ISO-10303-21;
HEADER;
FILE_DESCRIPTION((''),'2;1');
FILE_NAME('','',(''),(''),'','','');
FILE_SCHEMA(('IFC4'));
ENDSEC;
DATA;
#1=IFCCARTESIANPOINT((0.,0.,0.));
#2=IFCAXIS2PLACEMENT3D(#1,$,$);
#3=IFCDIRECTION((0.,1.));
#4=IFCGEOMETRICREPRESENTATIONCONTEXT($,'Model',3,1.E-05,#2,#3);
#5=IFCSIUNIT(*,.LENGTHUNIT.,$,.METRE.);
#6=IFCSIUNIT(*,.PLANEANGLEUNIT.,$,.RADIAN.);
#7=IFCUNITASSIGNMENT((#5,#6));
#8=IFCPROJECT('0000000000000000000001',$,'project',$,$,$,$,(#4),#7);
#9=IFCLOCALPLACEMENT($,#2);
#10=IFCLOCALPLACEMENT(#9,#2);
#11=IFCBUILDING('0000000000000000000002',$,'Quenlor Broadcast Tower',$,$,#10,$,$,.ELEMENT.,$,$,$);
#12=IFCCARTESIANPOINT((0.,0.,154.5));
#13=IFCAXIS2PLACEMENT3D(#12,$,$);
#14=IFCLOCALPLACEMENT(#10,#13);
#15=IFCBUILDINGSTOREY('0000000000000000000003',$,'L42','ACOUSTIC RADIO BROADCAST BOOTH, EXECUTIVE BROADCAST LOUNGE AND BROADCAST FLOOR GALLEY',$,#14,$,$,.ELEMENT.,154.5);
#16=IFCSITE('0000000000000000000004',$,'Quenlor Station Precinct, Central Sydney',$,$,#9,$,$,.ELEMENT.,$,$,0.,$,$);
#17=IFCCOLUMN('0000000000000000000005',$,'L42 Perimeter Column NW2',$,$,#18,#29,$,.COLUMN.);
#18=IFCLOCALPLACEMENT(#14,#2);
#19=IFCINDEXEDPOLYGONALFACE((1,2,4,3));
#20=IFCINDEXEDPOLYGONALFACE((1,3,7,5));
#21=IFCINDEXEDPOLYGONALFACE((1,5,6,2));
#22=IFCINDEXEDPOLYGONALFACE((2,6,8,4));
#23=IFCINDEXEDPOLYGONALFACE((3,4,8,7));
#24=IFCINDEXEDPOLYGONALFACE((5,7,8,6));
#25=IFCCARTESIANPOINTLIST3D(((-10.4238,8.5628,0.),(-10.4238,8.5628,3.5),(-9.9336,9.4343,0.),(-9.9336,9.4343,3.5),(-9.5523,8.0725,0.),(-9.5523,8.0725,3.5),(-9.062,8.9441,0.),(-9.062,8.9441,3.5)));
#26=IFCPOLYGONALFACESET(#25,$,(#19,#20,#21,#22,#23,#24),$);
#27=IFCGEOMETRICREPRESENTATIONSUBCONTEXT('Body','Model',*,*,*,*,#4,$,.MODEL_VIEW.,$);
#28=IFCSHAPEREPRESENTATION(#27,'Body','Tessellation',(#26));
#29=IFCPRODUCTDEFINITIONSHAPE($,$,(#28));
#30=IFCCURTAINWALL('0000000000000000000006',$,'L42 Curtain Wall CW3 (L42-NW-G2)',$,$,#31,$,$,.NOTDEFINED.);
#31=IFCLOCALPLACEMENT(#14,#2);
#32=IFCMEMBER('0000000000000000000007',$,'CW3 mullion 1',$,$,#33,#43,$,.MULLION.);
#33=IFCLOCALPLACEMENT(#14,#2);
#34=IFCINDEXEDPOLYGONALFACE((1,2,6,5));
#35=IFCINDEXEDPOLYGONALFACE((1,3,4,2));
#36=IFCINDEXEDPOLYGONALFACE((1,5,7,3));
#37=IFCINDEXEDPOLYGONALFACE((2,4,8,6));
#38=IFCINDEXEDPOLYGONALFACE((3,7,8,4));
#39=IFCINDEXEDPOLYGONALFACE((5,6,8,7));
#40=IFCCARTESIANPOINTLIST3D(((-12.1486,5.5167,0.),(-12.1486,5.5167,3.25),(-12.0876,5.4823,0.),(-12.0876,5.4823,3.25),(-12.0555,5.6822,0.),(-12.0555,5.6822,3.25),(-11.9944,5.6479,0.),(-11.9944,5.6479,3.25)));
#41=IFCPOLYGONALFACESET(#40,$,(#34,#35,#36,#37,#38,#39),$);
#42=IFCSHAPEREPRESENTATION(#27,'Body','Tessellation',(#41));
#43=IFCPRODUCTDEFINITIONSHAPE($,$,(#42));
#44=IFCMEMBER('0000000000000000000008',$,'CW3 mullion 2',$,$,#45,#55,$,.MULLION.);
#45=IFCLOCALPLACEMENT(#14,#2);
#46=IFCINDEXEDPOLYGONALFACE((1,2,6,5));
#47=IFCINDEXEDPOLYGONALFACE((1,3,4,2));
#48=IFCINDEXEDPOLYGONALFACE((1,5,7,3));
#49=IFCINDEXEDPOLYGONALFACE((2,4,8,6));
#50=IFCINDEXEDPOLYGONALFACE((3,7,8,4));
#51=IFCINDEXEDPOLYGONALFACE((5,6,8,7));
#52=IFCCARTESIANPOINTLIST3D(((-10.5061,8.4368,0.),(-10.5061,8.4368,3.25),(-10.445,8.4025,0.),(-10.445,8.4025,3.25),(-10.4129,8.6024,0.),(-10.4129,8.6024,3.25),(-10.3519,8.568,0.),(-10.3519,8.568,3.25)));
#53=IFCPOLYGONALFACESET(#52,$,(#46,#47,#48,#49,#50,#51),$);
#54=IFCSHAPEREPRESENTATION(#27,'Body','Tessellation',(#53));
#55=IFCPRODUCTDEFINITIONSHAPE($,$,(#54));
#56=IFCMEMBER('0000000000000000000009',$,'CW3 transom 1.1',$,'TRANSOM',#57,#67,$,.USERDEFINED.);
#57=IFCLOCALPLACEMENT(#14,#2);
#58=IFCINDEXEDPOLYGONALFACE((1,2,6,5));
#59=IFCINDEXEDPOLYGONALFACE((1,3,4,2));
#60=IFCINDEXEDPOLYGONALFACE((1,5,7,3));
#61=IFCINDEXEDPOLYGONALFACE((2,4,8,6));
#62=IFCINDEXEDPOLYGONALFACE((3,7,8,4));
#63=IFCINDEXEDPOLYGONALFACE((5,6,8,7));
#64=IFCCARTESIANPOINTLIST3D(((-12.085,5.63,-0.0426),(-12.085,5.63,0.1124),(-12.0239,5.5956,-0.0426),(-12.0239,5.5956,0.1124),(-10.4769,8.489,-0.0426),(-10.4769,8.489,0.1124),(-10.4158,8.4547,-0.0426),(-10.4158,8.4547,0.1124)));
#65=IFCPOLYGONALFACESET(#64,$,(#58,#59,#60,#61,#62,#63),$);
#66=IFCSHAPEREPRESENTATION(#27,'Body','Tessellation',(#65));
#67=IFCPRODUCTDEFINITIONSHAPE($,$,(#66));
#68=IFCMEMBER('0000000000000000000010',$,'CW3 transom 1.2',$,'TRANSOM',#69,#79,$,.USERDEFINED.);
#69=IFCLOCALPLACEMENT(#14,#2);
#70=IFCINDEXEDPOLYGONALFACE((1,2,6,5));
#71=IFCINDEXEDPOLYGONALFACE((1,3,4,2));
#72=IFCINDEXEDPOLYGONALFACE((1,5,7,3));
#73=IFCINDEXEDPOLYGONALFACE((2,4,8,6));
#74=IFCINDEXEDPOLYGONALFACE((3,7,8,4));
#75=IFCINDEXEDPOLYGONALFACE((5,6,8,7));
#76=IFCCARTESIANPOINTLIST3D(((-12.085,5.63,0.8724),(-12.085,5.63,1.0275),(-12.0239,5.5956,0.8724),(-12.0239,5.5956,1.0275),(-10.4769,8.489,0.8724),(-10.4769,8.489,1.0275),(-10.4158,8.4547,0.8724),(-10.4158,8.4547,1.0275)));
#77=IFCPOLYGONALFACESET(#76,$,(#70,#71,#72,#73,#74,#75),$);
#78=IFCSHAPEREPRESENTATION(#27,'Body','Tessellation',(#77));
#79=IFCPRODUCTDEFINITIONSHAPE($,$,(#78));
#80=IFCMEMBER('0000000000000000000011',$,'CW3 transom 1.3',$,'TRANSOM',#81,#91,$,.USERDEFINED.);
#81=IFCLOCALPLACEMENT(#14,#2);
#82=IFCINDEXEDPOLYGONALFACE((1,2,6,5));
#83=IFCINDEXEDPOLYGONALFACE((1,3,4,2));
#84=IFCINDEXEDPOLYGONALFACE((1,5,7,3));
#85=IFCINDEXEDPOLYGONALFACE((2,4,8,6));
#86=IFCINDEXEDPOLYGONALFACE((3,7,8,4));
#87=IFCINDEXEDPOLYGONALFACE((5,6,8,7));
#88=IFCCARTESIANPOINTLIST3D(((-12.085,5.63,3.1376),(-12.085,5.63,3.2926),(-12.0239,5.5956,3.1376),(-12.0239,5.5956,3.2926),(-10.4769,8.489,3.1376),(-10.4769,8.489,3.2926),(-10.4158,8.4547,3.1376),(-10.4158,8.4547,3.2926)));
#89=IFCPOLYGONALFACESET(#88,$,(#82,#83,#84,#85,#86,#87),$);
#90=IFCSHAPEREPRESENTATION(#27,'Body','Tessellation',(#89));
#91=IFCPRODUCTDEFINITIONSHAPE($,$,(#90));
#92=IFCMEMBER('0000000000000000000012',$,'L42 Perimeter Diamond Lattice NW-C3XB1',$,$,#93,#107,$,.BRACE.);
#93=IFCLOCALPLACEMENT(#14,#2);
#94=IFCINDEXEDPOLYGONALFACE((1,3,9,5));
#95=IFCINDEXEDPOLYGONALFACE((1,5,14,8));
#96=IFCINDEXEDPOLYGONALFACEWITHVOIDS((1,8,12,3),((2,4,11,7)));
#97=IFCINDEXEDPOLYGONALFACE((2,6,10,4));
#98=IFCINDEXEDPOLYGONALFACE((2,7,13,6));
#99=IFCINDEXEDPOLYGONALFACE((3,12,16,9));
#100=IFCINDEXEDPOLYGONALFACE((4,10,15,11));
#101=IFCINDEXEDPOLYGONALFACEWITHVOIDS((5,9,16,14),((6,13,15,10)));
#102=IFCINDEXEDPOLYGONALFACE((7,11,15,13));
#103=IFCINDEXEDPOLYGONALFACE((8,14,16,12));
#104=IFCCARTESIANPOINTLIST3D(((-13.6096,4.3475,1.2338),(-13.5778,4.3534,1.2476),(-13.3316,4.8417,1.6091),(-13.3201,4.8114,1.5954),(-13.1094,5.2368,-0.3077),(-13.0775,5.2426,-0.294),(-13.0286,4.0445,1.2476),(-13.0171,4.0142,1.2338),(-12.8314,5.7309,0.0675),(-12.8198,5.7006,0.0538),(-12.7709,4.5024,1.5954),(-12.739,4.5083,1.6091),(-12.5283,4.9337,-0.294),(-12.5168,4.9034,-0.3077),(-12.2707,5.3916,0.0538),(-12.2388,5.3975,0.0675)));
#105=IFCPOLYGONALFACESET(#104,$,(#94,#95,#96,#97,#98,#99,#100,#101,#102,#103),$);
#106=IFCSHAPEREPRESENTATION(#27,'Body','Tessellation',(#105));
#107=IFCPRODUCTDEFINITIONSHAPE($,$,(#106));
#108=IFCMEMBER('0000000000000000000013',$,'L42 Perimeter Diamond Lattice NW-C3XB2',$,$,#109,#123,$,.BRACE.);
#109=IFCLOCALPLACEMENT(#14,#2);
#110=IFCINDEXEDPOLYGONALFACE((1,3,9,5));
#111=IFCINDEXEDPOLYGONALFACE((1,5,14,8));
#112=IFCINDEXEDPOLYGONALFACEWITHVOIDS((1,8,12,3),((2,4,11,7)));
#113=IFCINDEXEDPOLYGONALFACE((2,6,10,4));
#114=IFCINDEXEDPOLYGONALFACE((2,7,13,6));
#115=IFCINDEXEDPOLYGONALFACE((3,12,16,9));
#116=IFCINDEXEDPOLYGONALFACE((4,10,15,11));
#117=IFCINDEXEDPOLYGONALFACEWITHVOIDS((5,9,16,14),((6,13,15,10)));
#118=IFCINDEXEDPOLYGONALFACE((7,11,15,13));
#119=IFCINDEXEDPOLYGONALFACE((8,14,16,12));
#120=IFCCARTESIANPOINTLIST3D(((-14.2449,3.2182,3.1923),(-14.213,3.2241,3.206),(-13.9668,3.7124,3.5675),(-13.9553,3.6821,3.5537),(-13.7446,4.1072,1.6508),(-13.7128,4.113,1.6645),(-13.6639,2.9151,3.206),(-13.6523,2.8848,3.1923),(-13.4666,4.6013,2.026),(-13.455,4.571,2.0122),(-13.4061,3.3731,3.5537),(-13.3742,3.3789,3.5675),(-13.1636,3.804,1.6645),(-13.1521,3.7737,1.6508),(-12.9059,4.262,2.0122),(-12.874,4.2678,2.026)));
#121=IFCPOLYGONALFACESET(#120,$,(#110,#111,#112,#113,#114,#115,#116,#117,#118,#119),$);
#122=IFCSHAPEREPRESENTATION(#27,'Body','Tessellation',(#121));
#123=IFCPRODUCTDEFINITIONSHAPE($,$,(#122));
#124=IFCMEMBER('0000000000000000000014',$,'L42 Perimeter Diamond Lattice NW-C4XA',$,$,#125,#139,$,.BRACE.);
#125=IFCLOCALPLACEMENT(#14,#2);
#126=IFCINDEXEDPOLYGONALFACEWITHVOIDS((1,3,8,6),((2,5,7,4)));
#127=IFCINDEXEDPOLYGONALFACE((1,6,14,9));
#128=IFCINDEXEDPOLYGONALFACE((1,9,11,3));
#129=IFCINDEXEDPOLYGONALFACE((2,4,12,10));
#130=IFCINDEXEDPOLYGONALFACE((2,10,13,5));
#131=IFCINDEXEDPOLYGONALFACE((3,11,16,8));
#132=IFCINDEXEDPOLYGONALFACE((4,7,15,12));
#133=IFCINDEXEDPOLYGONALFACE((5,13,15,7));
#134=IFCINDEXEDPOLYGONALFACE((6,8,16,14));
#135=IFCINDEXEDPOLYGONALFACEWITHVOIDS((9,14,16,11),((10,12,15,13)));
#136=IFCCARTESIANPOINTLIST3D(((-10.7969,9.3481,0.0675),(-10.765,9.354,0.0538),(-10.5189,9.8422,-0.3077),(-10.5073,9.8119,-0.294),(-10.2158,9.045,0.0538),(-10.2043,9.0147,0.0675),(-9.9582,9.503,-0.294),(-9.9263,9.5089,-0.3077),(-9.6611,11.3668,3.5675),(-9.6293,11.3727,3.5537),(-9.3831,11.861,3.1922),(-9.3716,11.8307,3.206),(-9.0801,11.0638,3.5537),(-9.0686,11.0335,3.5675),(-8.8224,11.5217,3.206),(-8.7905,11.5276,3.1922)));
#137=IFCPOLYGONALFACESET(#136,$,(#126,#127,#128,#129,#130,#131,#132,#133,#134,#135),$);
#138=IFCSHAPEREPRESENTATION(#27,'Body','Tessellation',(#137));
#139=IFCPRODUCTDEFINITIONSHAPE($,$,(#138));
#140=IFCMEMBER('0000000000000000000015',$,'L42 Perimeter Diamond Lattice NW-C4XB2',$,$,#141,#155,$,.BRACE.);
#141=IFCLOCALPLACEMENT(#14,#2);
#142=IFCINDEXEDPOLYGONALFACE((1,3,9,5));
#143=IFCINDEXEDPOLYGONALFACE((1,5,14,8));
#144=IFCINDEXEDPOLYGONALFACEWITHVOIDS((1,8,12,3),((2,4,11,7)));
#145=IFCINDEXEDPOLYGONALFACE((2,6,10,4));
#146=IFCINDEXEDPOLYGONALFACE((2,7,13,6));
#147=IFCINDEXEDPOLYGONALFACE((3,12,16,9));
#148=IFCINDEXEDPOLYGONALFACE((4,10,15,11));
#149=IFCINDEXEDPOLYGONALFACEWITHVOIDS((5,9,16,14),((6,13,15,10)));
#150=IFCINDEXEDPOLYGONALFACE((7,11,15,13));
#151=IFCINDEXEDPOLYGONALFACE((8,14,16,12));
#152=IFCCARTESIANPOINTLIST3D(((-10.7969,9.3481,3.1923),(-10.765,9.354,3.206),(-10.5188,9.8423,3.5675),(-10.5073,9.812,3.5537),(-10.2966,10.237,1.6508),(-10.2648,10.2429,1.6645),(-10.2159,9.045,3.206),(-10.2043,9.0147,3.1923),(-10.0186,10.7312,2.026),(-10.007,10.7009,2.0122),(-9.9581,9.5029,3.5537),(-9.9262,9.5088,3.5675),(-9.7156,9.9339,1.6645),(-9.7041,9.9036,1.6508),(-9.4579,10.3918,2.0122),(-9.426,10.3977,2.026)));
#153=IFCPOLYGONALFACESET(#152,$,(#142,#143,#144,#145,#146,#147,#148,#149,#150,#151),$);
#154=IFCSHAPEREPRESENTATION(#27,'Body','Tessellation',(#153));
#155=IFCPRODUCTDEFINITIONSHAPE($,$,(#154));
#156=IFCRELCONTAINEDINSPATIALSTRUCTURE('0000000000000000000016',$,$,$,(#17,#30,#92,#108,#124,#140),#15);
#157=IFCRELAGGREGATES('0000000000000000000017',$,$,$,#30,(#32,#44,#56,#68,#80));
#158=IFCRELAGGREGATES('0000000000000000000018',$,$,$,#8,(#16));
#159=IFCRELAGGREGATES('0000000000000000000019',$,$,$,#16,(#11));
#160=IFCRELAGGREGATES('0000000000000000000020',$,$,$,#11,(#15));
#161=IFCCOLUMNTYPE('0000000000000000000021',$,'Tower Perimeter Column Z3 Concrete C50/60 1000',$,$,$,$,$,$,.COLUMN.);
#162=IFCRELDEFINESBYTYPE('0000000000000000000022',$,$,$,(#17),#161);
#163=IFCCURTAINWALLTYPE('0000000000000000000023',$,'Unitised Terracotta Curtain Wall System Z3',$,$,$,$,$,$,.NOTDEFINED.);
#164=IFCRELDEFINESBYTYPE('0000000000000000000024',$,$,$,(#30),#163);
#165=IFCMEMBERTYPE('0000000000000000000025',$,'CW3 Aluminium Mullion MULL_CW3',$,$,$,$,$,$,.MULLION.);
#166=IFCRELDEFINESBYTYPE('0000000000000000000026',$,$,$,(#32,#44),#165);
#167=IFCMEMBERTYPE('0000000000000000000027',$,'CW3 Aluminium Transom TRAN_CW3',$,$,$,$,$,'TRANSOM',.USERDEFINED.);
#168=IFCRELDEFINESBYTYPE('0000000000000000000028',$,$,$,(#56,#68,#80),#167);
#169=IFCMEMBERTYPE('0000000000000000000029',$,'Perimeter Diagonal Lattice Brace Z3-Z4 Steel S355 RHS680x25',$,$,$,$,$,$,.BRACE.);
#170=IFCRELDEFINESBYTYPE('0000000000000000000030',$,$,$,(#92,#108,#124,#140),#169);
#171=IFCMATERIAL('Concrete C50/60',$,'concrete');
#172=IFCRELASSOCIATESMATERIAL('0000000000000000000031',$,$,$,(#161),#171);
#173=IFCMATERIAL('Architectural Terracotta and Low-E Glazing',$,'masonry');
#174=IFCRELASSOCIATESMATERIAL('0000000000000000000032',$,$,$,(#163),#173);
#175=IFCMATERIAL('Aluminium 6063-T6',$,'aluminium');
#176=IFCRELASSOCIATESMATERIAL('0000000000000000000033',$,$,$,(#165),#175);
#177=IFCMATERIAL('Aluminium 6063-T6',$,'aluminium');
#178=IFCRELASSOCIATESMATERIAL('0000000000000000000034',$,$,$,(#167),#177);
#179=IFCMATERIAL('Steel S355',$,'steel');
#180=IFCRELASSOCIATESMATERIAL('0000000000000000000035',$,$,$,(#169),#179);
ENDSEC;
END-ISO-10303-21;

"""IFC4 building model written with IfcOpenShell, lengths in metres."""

from ifc_helpers import new_model, si_unit, direction, frame, origin, origin_2d, place, context, subcontext, project, spatial, rectangle, hollow_rectangle, extrude, material, material_profile, profile_set, type_object, element, aggregate, save


model = new_model("IFC4")

# Units and contexts
model_context = context("Model", 3, precision=1e-05, world=origin(), true_north=direction((0.0, 1.0)))
body_context = subcontext(model_context, "Body", "Model", "MODEL_VIEW")
ifc_project = project(units=[si_unit("LENGTHUNIT", "METRE"), si_unit("PLANEANGLEUNIT", "RADIAN")], contexts=[model_context])

# Site, building, storey
site_placement = place(None, origin())
site = spatial("IfcSite", under=ifc_project, at=site_placement, Name="Quenlor Station Precinct, Central Sydney", CompositionType="ELEMENT", RefElevation=0.0)
building_placement = place(site_placement, origin())
building = spatial("IfcBuilding", under=site, at=building_placement, Name="Quenlor Broadcast Tower", CompositionType="ELEMENT")
storey_placement = place(building_placement, frame((0.0, 0.0, 154.5)))
storey = spatial("IfcBuildingStorey", under=building, at=storey_placement, Name="L42", Description="ACOUSTIC RADIO BROADCAST BOOTH, EXECUTIVE BROADCAST LOUNGE AND BROADCAST FLOOR GALLEY", CompositionType="ELEMENT", Elevation=154.5)

# Column
ifc_material_1 = material(Name="Concrete C50/60", Category="concrete")
ifc_material_profile_1 = material_profile(ifc_material_1, rectangle(XDim=1.0, YDim=1.0, at=origin_2d()))
ifc_profile_set_1 = profile_set([ifc_material_profile_1], Name="Concrete C50/60 RC1000x1000")
column_type = type_object("IfcColumnType", Name="Tower Perimeter Column Z3 Concrete C50/60 1000", PredefinedType="COLUMN", material=ifc_profile_set_1)
column_placement = place(storey_placement, frame((-9.7429, 8.7534, 0.0), z_axis=(0.0, 0.0, 1.0), x_axis=(-0.871575, 0.490262, 0.0)))
element("IfcColumn", 1, at=column_placement, inside=storey, type_object=column_type, Name="L42 Perimeter Column NW2", PredefinedType="COLUMN", context=body_context, shape_type="SweptSolid", body=[
    extrude(rectangle(XDim=1.0, YDim=1.0, at=origin_2d()), origin(), (0.0, 0.0, 1.0), 3.5),
])

# Curtain wall, members
ifc_material_2 = material(Name="Architectural Terracotta and Low-E Glazing", Category="masonry")
curtain_wall_type = type_object("IfcCurtainWallType", Name="Unitised Terracotta Curtain Wall System Z3", PredefinedType="NOTDEFINED", material=ifc_material_2)
curtain_wall_placement = place(storey_placement, origin())
curtain_wall = element("IfcCurtainWall", 2, at=curtain_wall_placement, inside=storey, type_object=curtain_wall_type, Name="L42 Curtain Wall CW3 (L42-NW-G2)", PredefinedType="NOTDEFINED")
ifc_material_3 = material(Name="Aluminium 6063-T6", Category="aluminium")
ifc_material_profile_2 = material_profile(ifc_material_3, rectangle(XDim=0.0701, YDim=0.1899, at=origin_2d()))
ifc_profile_set_2 = profile_set([ifc_material_profile_2], Name="Aluminium 6063-T6 MULL70x190")
member_type_1 = type_object("IfcMemberType", Name="CW3 Aluminium Mullion MULL_CW3", PredefinedType="MULLION", material=ifc_profile_set_2)
member_1_placement = place(storey_placement, frame((-12.0715, 5.5823, 0.0), z_axis=(0.0, 0.0, 1.0), x_axis=(-0.871579, 0.490256, 0.0)))
member_1 = element("IfcMember", 3, at=member_1_placement, type_object=member_type_1, Name="CW3 mullion 1", PredefinedType="MULLION", context=body_context, shape_type="SweptSolid", body=[
    extrude(rectangle(XDim=0.0701, YDim=0.1899, at=origin_2d()), origin(), (0.0, 0.0, 1.0), 3.25),
])
member_2_placement = place(storey_placement, frame((-10.429, 8.5024, 0.0), z_axis=(0.0, 0.0, 1.0), x_axis=(-0.871579, 0.490256, 0.0)))
member_2 = element("IfcMember", 4, at=member_2_placement, type_object=member_type_1, Name="CW3 mullion 2", PredefinedType="MULLION", context=body_context, shape_type="SweptSolid", body=[
    extrude(rectangle(XDim=0.0701, YDim=0.1899, at=origin_2d()), origin(), (0.0, 0.0, 1.0), 3.25),
])
ifc_material_4 = material(Name="Aluminium 6063-T6", Category="aluminium")
ifc_material_profile_3 = material_profile(ifc_material_4, rectangle(XDim=0.0701, YDim=0.155, at=origin_2d()))
ifc_profile_set_3 = profile_set([ifc_material_profile_3], Name="Aluminium 6063-T6 TRAN70x155")
member_type_2 = type_object("IfcMemberType", Name="CW3 Aluminium Transom TRAN_CW3", ElementType="TRANSOM", PredefinedType="USERDEFINED", material=ifc_profile_set_3)
member_3_placement = place(storey_placement, frame((-12.0544, 5.6128, 0.0349), z_axis=(0.490237, 0.871589, 0.0), x_axis=(-0.871589, 0.490237, 0.0)))
member_3 = element("IfcMember", 5, at=member_3_placement, type_object=member_type_2, Name="CW3 transom 1.1", ObjectType="TRANSOM", PredefinedType="USERDEFINED", context=body_context, shape_type="SweptSolid", body=[
    extrude(rectangle(XDim=0.0701, YDim=0.155, at=origin_2d()), origin(), (0.0, 0.0, 1.0), 3.2803),
])
member_4_placement = place(storey_placement, frame((-12.0544, 5.6128, 0.95), z_axis=(0.490237, 0.871589, 0.0), x_axis=(-0.871589, 0.490237, 0.0)))
member_4 = element("IfcMember", 6, at=member_4_placement, type_object=member_type_2, Name="CW3 transom 1.2", ObjectType="TRANSOM", PredefinedType="USERDEFINED", context=body_context, shape_type="SweptSolid", body=[
    extrude(rectangle(XDim=0.0701, YDim=0.155, at=origin_2d()), origin(), (0.0, 0.0, 1.0), 3.2803),
])
member_5_placement = place(storey_placement, frame((-12.0544, 5.6128, 3.2151), z_axis=(0.490237, 0.871589, 0.0), x_axis=(-0.871589, 0.490237, 0.0)))
member_5 = element("IfcMember", 7, at=member_5_placement, type_object=member_type_2, Name="CW3 transom 1.3", ObjectType="TRANSOM", PredefinedType="USERDEFINED", context=body_context, shape_type="SweptSolid", body=[
    extrude(rectangle(XDim=0.0701, YDim=0.155, at=origin_2d()), origin(), (0.0, 0.0, 1.0), 3.2803),
])

# Members
ifc_material_5 = material(Name="Steel S355", Category="steel")
ifc_material_profile_4 = material_profile(ifc_material_5, hollow_rectangle(XDim=0.6799, YDim=0.6799, WallThickness=0.0249, at=origin_2d()))
ifc_profile_set_4 = profile_set([ifc_material_profile_4], Name="Steel S355 RHS680x680x25")
member_type_3 = type_object("IfcMemberType", Name="Perimeter Diagonal Lattice Brace Z3-Z4 Steel S355 RHS680x25", PredefinedType="BRACE", material=ifc_profile_set_4)
member_6_placement = place(storey_placement, frame((-12.6741, 5.3171, -0.1201), z_axis=(-0.270616, -0.481008, 0.833905), x_axis=(0.871537, -0.490329, 0.0)))
element("IfcMember", 8, at=member_6_placement, inside=storey, type_object=member_type_3, Name="L42 Perimeter Diamond Lattice NW-C3XB1", PredefinedType="BRACE", context=body_context, shape_type="SweptSolid", body=[
    extrude(hollow_rectangle(XDim=0.6799, YDim=0.6799, WallThickness=0.0249, at=origin_2d()), origin(), (0.0, 0.0, 1.0), 1.8486),
])
member_7_placement = place(storey_placement, frame((-13.3093, 4.1875, 1.8384), z_axis=(-0.270634, -0.480906, 0.833958), x_axis=(0.87148, -0.490432, 0.0)))
element("IfcMember", 9, at=member_7_placement, inside=storey, type_object=member_type_3, Name="L42 Perimeter Diamond Lattice NW-C3XB2", PredefinedType="BRACE", context=body_context, shape_type="SweptSolid", body=[
    extrude(hollow_rectangle(XDim=0.6799, YDim=0.6799, WallThickness=0.0249, at=origin_2d()), origin(), (0.0, 0.0, 1.0), 1.8484),
])
member_8_placement = place(storey_placement, frame((-10.3616, 9.4285, -0.1201), z_axis=(0.270603, 0.481001, 0.833914), x_axis=(-0.871545, 0.490316, 0.0)))
element("IfcMember", 10, at=member_8_placement, inside=storey, type_object=member_type_3, Name="L42 Perimeter Diamond Lattice NW-C4XA", PredefinedType="BRACE", context=body_context, shape_type="SweptSolid", body=[
    extrude(hollow_rectangle(XDim=0.6799, YDim=0.6799, WallThickness=0.0249, at=origin_2d()), origin(), (0.0, 0.0, 1.0), 4.197),
])
member_9_placement = place(storey_placement, frame((-9.8613, 10.3174, 1.8384), z_axis=(-0.270634, -0.480906, 0.833958), x_axis=(0.87148, -0.490432, 0.0)))
element("IfcMember", 11, at=member_9_placement, inside=storey, type_object=member_type_3, Name="L42 Perimeter Diamond Lattice NW-C4XB2", PredefinedType="BRACE", context=body_context, shape_type="SweptSolid", body=[
    extrude(hollow_rectangle(XDim=0.6799, YDim=0.6799, WallThickness=0.0249, at=origin_2d()), origin(), (0.0, 0.0, 1.0), 1.8484),
])

aggregate(curtain_wall, [member_1, member_2, member_3, member_4, member_5])

save(model, "model.ifc")
